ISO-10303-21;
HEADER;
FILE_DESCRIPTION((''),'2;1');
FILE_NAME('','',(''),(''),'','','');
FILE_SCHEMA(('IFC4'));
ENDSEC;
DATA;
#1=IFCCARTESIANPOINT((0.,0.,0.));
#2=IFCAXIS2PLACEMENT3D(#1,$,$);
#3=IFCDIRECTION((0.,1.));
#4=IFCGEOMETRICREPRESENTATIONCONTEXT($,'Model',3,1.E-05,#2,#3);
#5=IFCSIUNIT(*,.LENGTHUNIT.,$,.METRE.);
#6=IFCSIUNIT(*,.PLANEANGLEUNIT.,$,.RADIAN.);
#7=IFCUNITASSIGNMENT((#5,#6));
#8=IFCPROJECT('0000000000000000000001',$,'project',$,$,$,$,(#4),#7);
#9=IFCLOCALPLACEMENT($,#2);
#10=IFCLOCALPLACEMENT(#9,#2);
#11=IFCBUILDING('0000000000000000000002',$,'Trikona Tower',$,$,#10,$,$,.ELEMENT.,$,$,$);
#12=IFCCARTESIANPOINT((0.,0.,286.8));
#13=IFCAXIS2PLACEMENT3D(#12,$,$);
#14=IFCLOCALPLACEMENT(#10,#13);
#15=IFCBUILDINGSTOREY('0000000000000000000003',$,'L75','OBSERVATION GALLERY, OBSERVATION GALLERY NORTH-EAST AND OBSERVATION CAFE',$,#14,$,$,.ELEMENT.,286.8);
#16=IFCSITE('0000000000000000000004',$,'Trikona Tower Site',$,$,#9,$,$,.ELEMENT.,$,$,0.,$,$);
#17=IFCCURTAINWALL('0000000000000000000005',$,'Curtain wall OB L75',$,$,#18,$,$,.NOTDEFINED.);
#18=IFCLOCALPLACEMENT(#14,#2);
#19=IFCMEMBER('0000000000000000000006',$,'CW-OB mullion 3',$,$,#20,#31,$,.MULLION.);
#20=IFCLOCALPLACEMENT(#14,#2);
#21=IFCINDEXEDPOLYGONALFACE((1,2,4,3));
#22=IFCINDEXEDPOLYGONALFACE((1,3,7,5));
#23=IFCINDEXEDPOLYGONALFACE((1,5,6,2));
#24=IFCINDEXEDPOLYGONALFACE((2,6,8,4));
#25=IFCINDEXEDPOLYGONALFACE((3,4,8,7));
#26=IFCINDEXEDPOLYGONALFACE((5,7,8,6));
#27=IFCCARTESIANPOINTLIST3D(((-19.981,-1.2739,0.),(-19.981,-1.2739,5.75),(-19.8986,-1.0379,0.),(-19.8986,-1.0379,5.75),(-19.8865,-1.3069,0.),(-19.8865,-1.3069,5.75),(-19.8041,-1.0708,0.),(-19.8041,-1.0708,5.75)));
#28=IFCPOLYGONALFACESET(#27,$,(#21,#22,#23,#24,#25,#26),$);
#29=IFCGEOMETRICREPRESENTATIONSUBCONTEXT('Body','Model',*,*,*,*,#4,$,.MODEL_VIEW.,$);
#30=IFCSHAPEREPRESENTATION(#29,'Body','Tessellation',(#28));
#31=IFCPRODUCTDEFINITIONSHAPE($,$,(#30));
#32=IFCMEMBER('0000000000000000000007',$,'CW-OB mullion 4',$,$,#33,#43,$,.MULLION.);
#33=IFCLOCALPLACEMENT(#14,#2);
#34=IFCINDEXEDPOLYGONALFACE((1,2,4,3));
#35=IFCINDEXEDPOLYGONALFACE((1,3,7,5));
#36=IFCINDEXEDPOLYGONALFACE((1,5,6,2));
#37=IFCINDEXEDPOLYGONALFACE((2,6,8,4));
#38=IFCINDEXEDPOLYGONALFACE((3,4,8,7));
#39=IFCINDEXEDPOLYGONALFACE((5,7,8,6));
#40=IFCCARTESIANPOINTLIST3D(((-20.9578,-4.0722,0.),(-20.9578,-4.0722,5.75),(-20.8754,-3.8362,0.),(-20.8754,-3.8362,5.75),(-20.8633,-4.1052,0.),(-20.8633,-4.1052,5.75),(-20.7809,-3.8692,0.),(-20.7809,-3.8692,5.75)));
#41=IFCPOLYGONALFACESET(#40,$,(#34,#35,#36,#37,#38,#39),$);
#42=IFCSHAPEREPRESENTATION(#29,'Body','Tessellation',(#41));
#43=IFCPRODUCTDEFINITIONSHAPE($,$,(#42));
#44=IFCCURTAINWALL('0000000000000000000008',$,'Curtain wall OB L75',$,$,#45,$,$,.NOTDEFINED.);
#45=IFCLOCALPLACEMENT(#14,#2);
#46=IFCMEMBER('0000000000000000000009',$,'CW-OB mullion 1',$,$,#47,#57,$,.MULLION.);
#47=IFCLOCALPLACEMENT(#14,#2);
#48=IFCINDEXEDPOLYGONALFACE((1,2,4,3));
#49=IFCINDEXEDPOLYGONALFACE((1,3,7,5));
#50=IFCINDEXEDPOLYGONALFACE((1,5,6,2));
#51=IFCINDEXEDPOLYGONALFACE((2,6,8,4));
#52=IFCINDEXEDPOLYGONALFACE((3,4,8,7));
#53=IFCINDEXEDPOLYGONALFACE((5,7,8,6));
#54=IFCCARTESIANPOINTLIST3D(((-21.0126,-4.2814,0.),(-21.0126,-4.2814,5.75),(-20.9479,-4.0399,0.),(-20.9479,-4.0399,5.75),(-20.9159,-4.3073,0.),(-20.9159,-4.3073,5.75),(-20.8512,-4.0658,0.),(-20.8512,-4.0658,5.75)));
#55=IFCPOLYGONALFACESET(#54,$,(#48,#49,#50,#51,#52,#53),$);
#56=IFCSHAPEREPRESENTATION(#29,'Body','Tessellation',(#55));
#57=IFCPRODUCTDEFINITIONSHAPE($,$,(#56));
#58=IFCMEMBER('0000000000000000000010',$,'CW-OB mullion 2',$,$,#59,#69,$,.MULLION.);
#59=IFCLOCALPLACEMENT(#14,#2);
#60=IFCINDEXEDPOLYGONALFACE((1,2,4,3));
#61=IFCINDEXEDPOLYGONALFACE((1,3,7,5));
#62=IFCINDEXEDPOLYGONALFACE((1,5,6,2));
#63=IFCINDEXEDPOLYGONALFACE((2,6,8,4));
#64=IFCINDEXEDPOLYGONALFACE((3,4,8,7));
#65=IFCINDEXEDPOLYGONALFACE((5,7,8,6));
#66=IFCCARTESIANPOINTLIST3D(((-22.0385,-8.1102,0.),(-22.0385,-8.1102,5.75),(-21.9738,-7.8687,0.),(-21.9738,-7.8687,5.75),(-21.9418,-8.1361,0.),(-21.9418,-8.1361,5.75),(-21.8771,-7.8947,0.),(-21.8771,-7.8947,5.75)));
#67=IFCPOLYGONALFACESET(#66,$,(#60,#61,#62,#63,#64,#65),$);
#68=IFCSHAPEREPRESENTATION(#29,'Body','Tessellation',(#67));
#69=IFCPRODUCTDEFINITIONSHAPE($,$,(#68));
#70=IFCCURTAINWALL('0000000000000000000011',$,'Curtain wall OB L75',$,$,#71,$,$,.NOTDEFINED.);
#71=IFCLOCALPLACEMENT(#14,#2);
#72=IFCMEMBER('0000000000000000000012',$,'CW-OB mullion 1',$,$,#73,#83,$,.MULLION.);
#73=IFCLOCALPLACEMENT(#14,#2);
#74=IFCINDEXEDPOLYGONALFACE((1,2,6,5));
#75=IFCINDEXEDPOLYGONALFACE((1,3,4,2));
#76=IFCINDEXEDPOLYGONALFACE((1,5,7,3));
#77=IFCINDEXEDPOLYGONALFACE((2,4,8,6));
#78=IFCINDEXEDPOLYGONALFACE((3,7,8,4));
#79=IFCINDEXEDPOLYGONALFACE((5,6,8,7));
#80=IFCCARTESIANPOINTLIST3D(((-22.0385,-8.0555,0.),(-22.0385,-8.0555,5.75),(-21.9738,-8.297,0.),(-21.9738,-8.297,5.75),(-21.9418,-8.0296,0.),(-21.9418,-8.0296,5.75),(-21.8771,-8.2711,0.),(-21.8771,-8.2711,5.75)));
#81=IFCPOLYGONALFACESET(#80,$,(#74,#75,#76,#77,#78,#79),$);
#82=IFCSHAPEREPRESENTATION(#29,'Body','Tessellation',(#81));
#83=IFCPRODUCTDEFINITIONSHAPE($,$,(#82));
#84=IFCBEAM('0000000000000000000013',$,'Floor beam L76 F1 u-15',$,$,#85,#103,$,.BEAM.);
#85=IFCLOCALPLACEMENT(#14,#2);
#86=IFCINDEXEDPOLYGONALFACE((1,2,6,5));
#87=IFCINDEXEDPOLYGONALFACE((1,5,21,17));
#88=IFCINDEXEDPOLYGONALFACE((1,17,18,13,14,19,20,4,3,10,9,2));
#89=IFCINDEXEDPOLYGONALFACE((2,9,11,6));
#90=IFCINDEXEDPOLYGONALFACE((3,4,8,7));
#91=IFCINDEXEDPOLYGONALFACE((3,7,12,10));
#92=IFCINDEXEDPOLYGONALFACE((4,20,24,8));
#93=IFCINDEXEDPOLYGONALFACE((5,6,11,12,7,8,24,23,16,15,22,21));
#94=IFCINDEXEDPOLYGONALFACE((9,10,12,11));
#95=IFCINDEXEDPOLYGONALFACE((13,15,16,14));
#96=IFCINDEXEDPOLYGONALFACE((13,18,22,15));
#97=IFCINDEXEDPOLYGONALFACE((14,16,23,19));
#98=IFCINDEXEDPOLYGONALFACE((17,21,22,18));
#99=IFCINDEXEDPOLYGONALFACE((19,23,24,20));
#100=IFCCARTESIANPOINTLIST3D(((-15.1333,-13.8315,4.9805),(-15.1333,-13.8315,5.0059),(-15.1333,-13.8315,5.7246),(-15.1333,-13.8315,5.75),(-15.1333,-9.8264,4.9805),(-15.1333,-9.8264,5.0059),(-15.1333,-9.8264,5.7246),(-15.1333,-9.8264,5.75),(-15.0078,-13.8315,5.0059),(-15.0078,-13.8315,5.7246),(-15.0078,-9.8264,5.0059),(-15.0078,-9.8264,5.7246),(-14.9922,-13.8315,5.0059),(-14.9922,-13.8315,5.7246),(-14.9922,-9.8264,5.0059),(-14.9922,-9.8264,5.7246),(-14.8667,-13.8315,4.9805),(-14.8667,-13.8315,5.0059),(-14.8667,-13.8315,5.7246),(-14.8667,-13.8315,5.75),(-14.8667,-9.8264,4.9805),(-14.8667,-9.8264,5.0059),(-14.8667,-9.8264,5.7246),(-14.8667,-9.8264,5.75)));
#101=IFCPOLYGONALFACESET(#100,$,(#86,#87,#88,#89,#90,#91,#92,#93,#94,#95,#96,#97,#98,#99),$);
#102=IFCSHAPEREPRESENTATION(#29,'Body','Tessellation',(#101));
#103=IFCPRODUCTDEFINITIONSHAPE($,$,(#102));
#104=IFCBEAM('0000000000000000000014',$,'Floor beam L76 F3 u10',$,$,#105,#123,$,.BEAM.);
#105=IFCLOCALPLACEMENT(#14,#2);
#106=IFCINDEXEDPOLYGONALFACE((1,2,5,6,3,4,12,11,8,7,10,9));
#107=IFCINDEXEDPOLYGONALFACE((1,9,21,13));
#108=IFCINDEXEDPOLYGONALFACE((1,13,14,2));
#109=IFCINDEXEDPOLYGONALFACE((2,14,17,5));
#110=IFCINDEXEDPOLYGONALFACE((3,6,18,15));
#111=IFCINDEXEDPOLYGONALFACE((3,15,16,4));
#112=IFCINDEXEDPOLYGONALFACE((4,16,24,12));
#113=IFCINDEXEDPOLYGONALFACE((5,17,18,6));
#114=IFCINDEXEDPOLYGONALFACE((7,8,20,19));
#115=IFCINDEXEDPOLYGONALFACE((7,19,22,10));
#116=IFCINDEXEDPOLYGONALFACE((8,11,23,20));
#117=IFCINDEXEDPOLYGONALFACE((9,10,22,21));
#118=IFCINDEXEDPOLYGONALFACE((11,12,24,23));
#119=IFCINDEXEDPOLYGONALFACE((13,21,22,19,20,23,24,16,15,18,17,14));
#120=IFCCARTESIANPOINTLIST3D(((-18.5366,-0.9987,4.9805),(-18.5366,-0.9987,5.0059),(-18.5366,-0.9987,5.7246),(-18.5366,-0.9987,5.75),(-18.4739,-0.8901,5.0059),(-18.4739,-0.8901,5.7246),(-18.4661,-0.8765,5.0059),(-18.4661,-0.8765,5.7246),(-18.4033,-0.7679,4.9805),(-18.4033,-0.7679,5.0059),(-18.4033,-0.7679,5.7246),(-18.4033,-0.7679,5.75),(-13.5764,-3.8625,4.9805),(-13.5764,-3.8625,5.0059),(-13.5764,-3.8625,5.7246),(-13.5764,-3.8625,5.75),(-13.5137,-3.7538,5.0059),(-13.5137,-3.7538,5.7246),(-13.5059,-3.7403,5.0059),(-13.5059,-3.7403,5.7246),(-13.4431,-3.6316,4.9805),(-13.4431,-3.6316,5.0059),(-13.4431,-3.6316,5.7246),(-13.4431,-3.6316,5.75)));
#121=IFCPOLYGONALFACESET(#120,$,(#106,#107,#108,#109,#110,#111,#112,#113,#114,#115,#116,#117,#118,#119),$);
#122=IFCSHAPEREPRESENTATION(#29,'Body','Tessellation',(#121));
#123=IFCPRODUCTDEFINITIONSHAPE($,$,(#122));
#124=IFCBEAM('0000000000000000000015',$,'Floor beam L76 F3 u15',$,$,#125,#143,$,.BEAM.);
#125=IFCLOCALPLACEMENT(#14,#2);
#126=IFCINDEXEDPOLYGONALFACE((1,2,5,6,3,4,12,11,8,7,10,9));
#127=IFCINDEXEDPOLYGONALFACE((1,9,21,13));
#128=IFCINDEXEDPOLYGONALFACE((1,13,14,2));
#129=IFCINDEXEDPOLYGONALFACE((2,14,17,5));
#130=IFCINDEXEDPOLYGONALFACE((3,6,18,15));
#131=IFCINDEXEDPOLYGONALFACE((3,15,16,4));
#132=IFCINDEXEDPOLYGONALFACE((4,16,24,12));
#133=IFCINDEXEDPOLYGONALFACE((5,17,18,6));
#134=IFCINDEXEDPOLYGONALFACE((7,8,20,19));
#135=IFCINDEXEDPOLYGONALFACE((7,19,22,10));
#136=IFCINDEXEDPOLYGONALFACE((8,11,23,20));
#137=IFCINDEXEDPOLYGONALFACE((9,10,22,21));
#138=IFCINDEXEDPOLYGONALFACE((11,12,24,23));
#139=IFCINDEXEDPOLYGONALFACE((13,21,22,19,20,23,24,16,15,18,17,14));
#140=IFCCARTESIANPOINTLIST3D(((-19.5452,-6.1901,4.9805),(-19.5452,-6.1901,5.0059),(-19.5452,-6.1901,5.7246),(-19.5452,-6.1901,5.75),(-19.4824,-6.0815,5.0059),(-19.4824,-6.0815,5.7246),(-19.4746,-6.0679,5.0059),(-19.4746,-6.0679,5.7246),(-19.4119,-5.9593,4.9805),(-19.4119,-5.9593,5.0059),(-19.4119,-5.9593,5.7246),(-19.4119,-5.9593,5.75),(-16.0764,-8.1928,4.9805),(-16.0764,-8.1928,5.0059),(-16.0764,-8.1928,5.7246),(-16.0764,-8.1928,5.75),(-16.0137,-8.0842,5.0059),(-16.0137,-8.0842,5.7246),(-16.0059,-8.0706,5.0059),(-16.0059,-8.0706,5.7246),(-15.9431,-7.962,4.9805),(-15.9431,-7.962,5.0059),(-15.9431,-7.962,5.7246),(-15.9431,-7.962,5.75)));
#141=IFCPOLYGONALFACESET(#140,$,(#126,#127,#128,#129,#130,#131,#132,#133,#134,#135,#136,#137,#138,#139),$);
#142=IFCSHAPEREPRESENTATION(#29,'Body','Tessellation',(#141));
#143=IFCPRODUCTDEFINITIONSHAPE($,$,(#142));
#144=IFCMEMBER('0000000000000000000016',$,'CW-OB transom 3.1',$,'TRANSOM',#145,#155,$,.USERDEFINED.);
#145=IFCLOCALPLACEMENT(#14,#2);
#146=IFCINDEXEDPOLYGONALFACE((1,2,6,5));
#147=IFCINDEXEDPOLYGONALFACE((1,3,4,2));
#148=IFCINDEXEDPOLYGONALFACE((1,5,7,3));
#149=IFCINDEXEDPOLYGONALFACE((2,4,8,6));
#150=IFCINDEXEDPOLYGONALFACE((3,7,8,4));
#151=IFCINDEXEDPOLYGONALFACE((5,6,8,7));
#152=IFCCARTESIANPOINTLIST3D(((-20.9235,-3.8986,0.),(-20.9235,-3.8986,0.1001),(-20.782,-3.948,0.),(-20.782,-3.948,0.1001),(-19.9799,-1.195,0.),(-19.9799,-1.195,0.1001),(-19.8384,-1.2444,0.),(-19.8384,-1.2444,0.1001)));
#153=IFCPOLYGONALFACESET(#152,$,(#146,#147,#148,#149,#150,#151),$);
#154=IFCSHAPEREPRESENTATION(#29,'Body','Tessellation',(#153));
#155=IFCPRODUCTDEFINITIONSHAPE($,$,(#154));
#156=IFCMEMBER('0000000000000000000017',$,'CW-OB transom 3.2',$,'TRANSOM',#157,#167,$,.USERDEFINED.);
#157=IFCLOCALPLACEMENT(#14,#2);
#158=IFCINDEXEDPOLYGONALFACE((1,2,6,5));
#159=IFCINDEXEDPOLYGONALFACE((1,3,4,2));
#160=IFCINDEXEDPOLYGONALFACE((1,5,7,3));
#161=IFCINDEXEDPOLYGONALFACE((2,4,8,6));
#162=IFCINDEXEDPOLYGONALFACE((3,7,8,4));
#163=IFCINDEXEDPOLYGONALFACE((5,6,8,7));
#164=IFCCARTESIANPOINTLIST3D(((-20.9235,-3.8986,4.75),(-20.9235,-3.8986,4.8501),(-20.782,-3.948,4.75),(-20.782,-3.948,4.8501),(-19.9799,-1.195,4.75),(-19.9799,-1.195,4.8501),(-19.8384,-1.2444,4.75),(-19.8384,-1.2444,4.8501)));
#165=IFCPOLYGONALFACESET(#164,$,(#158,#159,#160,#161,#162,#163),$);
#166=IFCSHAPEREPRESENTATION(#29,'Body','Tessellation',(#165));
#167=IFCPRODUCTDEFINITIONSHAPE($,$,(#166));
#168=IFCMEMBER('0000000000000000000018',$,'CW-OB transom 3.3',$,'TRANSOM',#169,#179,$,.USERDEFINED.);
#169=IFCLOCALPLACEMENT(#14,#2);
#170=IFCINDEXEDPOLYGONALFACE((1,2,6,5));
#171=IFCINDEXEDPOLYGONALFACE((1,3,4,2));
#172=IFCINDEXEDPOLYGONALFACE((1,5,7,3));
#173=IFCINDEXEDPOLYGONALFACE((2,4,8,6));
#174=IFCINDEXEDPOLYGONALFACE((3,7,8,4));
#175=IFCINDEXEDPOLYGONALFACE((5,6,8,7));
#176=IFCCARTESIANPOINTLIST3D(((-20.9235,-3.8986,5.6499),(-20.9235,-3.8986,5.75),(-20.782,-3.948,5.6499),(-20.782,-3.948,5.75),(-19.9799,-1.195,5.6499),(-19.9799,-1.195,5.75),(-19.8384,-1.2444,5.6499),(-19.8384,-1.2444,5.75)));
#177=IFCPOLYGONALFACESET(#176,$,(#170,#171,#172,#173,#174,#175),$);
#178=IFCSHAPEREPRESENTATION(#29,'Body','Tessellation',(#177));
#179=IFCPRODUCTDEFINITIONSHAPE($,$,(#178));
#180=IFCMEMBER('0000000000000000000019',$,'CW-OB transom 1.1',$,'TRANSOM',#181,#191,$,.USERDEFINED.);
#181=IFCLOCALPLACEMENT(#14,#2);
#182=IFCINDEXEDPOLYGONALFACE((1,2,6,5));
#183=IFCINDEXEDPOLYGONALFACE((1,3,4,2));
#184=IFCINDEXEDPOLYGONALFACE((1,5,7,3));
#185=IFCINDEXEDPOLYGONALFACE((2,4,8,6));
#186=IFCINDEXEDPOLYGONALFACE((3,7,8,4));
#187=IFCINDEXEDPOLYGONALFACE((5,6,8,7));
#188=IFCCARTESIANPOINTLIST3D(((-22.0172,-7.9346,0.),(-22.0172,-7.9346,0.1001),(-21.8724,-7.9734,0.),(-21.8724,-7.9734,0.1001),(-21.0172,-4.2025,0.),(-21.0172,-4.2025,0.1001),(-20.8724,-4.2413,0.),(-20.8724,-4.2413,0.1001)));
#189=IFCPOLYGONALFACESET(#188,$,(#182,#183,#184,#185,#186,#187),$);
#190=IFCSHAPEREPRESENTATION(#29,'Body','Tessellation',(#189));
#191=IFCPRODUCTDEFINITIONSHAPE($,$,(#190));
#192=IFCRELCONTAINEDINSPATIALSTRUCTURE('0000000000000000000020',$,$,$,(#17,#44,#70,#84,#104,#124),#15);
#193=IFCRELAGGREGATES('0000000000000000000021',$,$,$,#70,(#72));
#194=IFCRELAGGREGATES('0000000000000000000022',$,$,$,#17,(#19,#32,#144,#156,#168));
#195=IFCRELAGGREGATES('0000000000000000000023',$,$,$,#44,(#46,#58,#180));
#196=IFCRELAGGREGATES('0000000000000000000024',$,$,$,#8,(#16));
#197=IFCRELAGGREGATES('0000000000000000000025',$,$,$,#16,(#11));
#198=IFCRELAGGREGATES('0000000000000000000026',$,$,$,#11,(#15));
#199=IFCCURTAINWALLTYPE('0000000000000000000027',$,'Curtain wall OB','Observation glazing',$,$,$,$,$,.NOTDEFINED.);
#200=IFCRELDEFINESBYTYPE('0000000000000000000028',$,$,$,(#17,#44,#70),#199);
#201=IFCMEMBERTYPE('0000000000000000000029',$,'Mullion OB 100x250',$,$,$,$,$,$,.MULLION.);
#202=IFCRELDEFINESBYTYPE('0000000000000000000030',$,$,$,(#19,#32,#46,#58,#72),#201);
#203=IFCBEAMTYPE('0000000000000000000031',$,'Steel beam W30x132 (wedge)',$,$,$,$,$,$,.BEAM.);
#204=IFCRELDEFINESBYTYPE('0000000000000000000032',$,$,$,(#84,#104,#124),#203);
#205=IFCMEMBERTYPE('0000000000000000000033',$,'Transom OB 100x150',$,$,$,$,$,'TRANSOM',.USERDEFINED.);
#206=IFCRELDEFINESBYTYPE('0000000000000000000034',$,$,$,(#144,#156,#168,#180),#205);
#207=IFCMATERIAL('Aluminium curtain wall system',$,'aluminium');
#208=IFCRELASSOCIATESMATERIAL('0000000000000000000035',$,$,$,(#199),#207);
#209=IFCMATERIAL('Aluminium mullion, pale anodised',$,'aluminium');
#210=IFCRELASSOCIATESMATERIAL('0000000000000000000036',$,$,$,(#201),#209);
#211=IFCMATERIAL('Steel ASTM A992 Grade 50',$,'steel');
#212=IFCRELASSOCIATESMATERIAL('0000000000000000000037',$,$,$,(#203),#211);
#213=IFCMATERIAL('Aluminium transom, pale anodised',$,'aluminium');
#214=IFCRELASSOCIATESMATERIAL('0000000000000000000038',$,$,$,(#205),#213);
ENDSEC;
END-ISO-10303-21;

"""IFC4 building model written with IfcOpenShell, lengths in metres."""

from ifc_helpers import new_model, si_unit, direction, frame, origin, origin_2d, place, context, subcontext, project, spatial, rectangle, i_section, extrude, material, material_profile, profile_set, type_object, element, aggregate, save


model = new_model("IFC4")

# Units and contexts
model_context = context("Model", 3, precision=1e-05, world=origin(), true_north=direction((0.0, 1.0)))
body_context = subcontext(model_context, "Body", "Model", "MODEL_VIEW")
ifc_project = project(units=[si_unit("LENGTHUNIT", "METRE"), si_unit("PLANEANGLEUNIT", "RADIAN")], contexts=[model_context])

# Site, building, storey
site_placement = place(None, origin())
site = spatial("IfcSite", under=ifc_project, at=site_placement, Name="Trikona Tower Site", CompositionType="ELEMENT", RefElevation=0.0)
building_placement = place(site_placement, origin())
building = spatial("IfcBuilding", under=site, at=building_placement, Name="Trikona Tower", CompositionType="ELEMENT")
storey_placement = place(building_placement, frame((0.0, 0.0, 286.8)))
storey = spatial("IfcBuildingStorey", under=building, at=storey_placement, Name="L75", Description="OBSERVATION GALLERY, OBSERVATION GALLERY NORTH-EAST AND OBSERVATION CAFE", CompositionType="ELEMENT", Elevation=286.8)

# Curtain walls, members
ifc_material_1 = material(Name="Aluminium curtain wall system", Category="aluminium")
curtain_wall_type = type_object("IfcCurtainWallType", Name="Curtain wall OB", Description="Observation glazing", PredefinedType="NOTDEFINED", material=ifc_material_1)
curtain_wall_1_placement = place(storey_placement, origin())
curtain_wall_1 = element("IfcCurtainWall", 1, at=curtain_wall_1_placement, inside=storey, type_object=curtain_wall_type, Name="Curtain wall OB L75", PredefinedType="NOTDEFINED")
ifc_material_2 = material(Name="Aluminium mullion, pale anodised", Category="aluminium")
ifc_material_profile_1 = material_profile(ifc_material_2, rectangle(XDim=0.1001, YDim=0.25, at=origin_2d()), Name="MUL-OB")
ifc_profile_set_1 = profile_set([ifc_material_profile_1], Name="Aluminium mullion, pale anodised")
member_type_1 = type_object("IfcMemberType", Name="Mullion OB 100x250", PredefinedType="MULLION", material=ifc_profile_set_1)
member_1_placement = place(storey_placement, frame((-19.8926, -1.1724, 0.0), z_axis=(0.0, 0.0, 1.0), x_axis=(0.944137, -0.329552, 0.0)))
member_1 = element("IfcMember", 2, at=member_1_placement, type_object=member_type_1, Name="CW-OB mullion 3", PredefinedType="MULLION", context=body_context, shape_type="SweptSolid", body=[
    extrude(rectangle(XDim=0.1001, YDim=0.25, at=origin_2d()), origin(), (0.0, 0.0, 1.0), 5.75),
])
member_2_placement = place(storey_placement, frame((-20.8694, -3.9707, 0.0), z_axis=(0.0, 0.0, 1.0), x_axis=(0.944137, -0.329552, 0.0)))
member_2 = element("IfcMember", 3, at=member_2_placement, type_object=member_type_1, Name="CW-OB mullion 4", PredefinedType="MULLION", context=body_context, shape_type="SweptSolid", body=[
    extrude(rectangle(XDim=0.1001, YDim=0.25, at=origin_2d()), origin(), (0.0, 0.0, 1.0), 5.75),
])
curtain_wall_2_placement = place(storey_placement, origin())
curtain_wall_2 = element("IfcCurtainWall", 4, at=curtain_wall_2_placement, inside=storey, type_object=curtain_wall_type, Name="Curtain wall OB L75", PredefinedType="NOTDEFINED")
member_3_placement = place(storey_placement, frame((-20.9319, -4.1736, 0.0), z_axis=(0.0, 0.0, 1.0), x_axis=(0.965922, -0.258834, 0.0)))
member_3 = element("IfcMember", 5, at=member_3_placement, type_object=member_type_1, Name="CW-OB mullion 1", PredefinedType="MULLION", context=body_context, shape_type="SweptSolid", body=[
    extrude(rectangle(XDim=0.1001, YDim=0.25, at=origin_2d()), origin(), (0.0, 0.0, 1.0), 5.75),
])
member_4_placement = place(storey_placement, frame((-21.9578, -8.0024, 0.0), z_axis=(0.0, 0.0, 1.0), x_axis=(0.965922, -0.258834, 0.0)))
member_4 = element("IfcMember", 6, at=member_4_placement, type_object=member_type_1, Name="CW-OB mullion 2", PredefinedType="MULLION", context=body_context, shape_type="SweptSolid", body=[
    extrude(rectangle(XDim=0.1001, YDim=0.25, at=origin_2d()), origin(), (0.0, 0.0, 1.0), 5.75),
])

# Curtain wall, member
curtain_wall_3_placement = place(storey_placement, origin())
curtain_wall_3 = element("IfcCurtainWall", 7, at=curtain_wall_3_placement, inside=storey, type_object=curtain_wall_type, Name="Curtain wall OB L75", PredefinedType="NOTDEFINED")
member_5_placement = place(storey_placement, frame((-21.9578, -8.1633, 0.0), z_axis=(0.0, 0.0, 1.0), x_axis=(0.965923, 0.258828, 0.0)))
member_5 = element("IfcMember", 8, at=member_5_placement, type_object=member_type_1, Name="CW-OB mullion 1", PredefinedType="MULLION", context=body_context, shape_type="SweptSolid", body=[
    extrude(rectangle(XDim=0.1001, YDim=0.25, at=origin_2d()), origin(), (0.0, 0.0, 1.0), 5.75),
])

# Beams
ifc_material_3 = material(Name="Steel ASTM A992 Grade 50", Category="steel")
ifc_material_profile_2 = material_profile(ifc_material_3, i_section(OverallWidth=0.2666, OverallDepth=0.7695, WebThickness=0.0156, FlangeThickness=0.0254, at=origin_2d()), Name="W30X132")
ifc_profile_set_2 = profile_set([ifc_material_profile_2], Name="Steel ASTM A992 Grade 50")
beam_type = type_object("IfcBeamType", Name="Steel beam W30x132 (wedge)", PredefinedType="BEAM", material=ifc_profile_set_2)
beam_1_placement = place(storey_placement, frame((-15.0, -9.8264, 5.3652), z_axis=(0.0, -1.0, 0.0), x_axis=(1.0, 0.0, 0.0)))
element("IfcBeam", 9, at=beam_1_placement, inside=storey, type_object=beam_type, Name="Floor beam L76 F1 u-15", PredefinedType="BEAM", context=body_context, shape_type="SweptSolid", body=[
    extrude(i_section(OverallWidth=0.2666, OverallDepth=0.7695, WebThickness=0.0156, FlangeThickness=0.0254, at=origin_2d()), origin(), (0.0, 0.0, 1.0), 4.0051),
])
beam_2_placement = place(storey_placement, frame((-13.5098, -3.7471, 5.3652), z_axis=(-0.866026, 0.499999, 0.0), x_axis=(-0.499999, -0.866026, 0.0)))
element("IfcBeam", 10, at=beam_2_placement, inside=storey, type_object=beam_type, Name="Floor beam L76 F3 u10", PredefinedType="BEAM", context=body_context, shape_type="SweptSolid", body=[
    extrude(i_section(OverallWidth=0.2666, OverallDepth=0.7695, WebThickness=0.0156, FlangeThickness=0.0254, at=origin_2d()), origin(), (0.0, 0.0, 1.0), 5.7275),
])
beam_3_placement = place(storey_placement, frame((-16.0098, -8.0774, 5.3652), z_axis=(-0.866025, 0.5, 0.0), x_axis=(-0.5, -0.866025, 0.0)))
element("IfcBeam", 11, at=beam_3_placement, inside=storey, type_object=beam_type, Name="Floor beam L76 F3 u15", PredefinedType="BEAM", context=body_context, shape_type="SweptSolid", body=[
    extrude(i_section(OverallWidth=0.2666, OverallDepth=0.7695, WebThickness=0.0156, FlangeThickness=0.0254, at=origin_2d()), origin(), (0.0, 0.0, 1.0), 4.0054),
])

# Members
ifc_material_4 = material(Name="Aluminium transom, pale anodised", Category="aluminium")
ifc_material_profile_3 = material_profile(ifc_material_4, rectangle(XDim=0.1499, YDim=0.1001, at=origin_2d()), Name="TRN-OB")
ifc_profile_set_3 = profile_set([ifc_material_profile_3], Name="Aluminium transom, pale anodised")
member_type_2 = type_object("IfcMemberType", Name="Transom OB 100x150", ElementType="TRANSOM", PredefinedType="USERDEFINED", material=ifc_profile_set_3)
member_6_placement = place(storey_placement, frame((-19.9092, -1.2197, 0.05), z_axis=(-0.329522, -0.944148, 0.0), x_axis=(0.944148, -0.329522, 0.0)))
member_6 = element("IfcMember", 12, at=member_6_placement, type_object=member_type_2, Name="CW-OB transom 3.1", ObjectType="TRANSOM", PredefinedType="USERDEFINED", context=body_context, shape_type="SweptSolid", body=[
    extrude(rectangle(XDim=0.1499, YDim=0.1001, at=origin_2d()), origin(), (0.0, 0.0, 1.0), 2.8635),
])
member_7_placement = place(storey_placement, frame((-19.9092, -1.2197, 4.8), z_axis=(-0.329522, -0.944148, 0.0), x_axis=(0.944148, -0.329522, 0.0)))
member_7 = element("IfcMember", 13, at=member_7_placement, type_object=member_type_2, Name="CW-OB transom 3.2", ObjectType="TRANSOM", PredefinedType="USERDEFINED", context=body_context, shape_type="SweptSolid", body=[
    extrude(rectangle(XDim=0.1499, YDim=0.1001, at=origin_2d()), origin(), (0.0, 0.0, 1.0), 2.8635),
])
member_8_placement = place(storey_placement, frame((-19.9092, -1.2197, 5.7), z_axis=(-0.329522, -0.944148, 0.0), x_axis=(0.944148, -0.329522, 0.0)))
member_8 = element("IfcMember", 14, at=member_8_placement, type_object=member_type_2, Name="CW-OB transom 3.3", ObjectType="TRANSOM", PredefinedType="USERDEFINED", context=body_context, shape_type="SweptSolid", body=[
    extrude(rectangle(XDim=0.1499, YDim=0.1001, at=origin_2d()), origin(), (0.0, 0.0, 1.0), 2.8635),
])
member_9_placement = place(storey_placement, frame((-20.9448, -4.2219, 0.05), z_axis=(-0.258811, -0.965928, 0.0), x_axis=(0.965928, -0.258811, 0.0)))
member_9 = element("IfcMember", 15, at=member_9_placement, type_object=member_type_2, Name="CW-OB transom 1.1", ObjectType="TRANSOM", PredefinedType="USERDEFINED", context=body_context, shape_type="SweptSolid", body=[
    extrude(rectangle(XDim=0.1499, YDim=0.1001, at=origin_2d()), origin(), (0.0, 0.0, 1.0), 3.8638),
])
aggregate(curtain_wall_3, [member_5])

aggregate(curtain_wall_1, [member_1, member_2, member_6, member_7, member_8])
aggregate(curtain_wall_2, [member_3, member_4, member_9])

save(model, "model.ifc")
